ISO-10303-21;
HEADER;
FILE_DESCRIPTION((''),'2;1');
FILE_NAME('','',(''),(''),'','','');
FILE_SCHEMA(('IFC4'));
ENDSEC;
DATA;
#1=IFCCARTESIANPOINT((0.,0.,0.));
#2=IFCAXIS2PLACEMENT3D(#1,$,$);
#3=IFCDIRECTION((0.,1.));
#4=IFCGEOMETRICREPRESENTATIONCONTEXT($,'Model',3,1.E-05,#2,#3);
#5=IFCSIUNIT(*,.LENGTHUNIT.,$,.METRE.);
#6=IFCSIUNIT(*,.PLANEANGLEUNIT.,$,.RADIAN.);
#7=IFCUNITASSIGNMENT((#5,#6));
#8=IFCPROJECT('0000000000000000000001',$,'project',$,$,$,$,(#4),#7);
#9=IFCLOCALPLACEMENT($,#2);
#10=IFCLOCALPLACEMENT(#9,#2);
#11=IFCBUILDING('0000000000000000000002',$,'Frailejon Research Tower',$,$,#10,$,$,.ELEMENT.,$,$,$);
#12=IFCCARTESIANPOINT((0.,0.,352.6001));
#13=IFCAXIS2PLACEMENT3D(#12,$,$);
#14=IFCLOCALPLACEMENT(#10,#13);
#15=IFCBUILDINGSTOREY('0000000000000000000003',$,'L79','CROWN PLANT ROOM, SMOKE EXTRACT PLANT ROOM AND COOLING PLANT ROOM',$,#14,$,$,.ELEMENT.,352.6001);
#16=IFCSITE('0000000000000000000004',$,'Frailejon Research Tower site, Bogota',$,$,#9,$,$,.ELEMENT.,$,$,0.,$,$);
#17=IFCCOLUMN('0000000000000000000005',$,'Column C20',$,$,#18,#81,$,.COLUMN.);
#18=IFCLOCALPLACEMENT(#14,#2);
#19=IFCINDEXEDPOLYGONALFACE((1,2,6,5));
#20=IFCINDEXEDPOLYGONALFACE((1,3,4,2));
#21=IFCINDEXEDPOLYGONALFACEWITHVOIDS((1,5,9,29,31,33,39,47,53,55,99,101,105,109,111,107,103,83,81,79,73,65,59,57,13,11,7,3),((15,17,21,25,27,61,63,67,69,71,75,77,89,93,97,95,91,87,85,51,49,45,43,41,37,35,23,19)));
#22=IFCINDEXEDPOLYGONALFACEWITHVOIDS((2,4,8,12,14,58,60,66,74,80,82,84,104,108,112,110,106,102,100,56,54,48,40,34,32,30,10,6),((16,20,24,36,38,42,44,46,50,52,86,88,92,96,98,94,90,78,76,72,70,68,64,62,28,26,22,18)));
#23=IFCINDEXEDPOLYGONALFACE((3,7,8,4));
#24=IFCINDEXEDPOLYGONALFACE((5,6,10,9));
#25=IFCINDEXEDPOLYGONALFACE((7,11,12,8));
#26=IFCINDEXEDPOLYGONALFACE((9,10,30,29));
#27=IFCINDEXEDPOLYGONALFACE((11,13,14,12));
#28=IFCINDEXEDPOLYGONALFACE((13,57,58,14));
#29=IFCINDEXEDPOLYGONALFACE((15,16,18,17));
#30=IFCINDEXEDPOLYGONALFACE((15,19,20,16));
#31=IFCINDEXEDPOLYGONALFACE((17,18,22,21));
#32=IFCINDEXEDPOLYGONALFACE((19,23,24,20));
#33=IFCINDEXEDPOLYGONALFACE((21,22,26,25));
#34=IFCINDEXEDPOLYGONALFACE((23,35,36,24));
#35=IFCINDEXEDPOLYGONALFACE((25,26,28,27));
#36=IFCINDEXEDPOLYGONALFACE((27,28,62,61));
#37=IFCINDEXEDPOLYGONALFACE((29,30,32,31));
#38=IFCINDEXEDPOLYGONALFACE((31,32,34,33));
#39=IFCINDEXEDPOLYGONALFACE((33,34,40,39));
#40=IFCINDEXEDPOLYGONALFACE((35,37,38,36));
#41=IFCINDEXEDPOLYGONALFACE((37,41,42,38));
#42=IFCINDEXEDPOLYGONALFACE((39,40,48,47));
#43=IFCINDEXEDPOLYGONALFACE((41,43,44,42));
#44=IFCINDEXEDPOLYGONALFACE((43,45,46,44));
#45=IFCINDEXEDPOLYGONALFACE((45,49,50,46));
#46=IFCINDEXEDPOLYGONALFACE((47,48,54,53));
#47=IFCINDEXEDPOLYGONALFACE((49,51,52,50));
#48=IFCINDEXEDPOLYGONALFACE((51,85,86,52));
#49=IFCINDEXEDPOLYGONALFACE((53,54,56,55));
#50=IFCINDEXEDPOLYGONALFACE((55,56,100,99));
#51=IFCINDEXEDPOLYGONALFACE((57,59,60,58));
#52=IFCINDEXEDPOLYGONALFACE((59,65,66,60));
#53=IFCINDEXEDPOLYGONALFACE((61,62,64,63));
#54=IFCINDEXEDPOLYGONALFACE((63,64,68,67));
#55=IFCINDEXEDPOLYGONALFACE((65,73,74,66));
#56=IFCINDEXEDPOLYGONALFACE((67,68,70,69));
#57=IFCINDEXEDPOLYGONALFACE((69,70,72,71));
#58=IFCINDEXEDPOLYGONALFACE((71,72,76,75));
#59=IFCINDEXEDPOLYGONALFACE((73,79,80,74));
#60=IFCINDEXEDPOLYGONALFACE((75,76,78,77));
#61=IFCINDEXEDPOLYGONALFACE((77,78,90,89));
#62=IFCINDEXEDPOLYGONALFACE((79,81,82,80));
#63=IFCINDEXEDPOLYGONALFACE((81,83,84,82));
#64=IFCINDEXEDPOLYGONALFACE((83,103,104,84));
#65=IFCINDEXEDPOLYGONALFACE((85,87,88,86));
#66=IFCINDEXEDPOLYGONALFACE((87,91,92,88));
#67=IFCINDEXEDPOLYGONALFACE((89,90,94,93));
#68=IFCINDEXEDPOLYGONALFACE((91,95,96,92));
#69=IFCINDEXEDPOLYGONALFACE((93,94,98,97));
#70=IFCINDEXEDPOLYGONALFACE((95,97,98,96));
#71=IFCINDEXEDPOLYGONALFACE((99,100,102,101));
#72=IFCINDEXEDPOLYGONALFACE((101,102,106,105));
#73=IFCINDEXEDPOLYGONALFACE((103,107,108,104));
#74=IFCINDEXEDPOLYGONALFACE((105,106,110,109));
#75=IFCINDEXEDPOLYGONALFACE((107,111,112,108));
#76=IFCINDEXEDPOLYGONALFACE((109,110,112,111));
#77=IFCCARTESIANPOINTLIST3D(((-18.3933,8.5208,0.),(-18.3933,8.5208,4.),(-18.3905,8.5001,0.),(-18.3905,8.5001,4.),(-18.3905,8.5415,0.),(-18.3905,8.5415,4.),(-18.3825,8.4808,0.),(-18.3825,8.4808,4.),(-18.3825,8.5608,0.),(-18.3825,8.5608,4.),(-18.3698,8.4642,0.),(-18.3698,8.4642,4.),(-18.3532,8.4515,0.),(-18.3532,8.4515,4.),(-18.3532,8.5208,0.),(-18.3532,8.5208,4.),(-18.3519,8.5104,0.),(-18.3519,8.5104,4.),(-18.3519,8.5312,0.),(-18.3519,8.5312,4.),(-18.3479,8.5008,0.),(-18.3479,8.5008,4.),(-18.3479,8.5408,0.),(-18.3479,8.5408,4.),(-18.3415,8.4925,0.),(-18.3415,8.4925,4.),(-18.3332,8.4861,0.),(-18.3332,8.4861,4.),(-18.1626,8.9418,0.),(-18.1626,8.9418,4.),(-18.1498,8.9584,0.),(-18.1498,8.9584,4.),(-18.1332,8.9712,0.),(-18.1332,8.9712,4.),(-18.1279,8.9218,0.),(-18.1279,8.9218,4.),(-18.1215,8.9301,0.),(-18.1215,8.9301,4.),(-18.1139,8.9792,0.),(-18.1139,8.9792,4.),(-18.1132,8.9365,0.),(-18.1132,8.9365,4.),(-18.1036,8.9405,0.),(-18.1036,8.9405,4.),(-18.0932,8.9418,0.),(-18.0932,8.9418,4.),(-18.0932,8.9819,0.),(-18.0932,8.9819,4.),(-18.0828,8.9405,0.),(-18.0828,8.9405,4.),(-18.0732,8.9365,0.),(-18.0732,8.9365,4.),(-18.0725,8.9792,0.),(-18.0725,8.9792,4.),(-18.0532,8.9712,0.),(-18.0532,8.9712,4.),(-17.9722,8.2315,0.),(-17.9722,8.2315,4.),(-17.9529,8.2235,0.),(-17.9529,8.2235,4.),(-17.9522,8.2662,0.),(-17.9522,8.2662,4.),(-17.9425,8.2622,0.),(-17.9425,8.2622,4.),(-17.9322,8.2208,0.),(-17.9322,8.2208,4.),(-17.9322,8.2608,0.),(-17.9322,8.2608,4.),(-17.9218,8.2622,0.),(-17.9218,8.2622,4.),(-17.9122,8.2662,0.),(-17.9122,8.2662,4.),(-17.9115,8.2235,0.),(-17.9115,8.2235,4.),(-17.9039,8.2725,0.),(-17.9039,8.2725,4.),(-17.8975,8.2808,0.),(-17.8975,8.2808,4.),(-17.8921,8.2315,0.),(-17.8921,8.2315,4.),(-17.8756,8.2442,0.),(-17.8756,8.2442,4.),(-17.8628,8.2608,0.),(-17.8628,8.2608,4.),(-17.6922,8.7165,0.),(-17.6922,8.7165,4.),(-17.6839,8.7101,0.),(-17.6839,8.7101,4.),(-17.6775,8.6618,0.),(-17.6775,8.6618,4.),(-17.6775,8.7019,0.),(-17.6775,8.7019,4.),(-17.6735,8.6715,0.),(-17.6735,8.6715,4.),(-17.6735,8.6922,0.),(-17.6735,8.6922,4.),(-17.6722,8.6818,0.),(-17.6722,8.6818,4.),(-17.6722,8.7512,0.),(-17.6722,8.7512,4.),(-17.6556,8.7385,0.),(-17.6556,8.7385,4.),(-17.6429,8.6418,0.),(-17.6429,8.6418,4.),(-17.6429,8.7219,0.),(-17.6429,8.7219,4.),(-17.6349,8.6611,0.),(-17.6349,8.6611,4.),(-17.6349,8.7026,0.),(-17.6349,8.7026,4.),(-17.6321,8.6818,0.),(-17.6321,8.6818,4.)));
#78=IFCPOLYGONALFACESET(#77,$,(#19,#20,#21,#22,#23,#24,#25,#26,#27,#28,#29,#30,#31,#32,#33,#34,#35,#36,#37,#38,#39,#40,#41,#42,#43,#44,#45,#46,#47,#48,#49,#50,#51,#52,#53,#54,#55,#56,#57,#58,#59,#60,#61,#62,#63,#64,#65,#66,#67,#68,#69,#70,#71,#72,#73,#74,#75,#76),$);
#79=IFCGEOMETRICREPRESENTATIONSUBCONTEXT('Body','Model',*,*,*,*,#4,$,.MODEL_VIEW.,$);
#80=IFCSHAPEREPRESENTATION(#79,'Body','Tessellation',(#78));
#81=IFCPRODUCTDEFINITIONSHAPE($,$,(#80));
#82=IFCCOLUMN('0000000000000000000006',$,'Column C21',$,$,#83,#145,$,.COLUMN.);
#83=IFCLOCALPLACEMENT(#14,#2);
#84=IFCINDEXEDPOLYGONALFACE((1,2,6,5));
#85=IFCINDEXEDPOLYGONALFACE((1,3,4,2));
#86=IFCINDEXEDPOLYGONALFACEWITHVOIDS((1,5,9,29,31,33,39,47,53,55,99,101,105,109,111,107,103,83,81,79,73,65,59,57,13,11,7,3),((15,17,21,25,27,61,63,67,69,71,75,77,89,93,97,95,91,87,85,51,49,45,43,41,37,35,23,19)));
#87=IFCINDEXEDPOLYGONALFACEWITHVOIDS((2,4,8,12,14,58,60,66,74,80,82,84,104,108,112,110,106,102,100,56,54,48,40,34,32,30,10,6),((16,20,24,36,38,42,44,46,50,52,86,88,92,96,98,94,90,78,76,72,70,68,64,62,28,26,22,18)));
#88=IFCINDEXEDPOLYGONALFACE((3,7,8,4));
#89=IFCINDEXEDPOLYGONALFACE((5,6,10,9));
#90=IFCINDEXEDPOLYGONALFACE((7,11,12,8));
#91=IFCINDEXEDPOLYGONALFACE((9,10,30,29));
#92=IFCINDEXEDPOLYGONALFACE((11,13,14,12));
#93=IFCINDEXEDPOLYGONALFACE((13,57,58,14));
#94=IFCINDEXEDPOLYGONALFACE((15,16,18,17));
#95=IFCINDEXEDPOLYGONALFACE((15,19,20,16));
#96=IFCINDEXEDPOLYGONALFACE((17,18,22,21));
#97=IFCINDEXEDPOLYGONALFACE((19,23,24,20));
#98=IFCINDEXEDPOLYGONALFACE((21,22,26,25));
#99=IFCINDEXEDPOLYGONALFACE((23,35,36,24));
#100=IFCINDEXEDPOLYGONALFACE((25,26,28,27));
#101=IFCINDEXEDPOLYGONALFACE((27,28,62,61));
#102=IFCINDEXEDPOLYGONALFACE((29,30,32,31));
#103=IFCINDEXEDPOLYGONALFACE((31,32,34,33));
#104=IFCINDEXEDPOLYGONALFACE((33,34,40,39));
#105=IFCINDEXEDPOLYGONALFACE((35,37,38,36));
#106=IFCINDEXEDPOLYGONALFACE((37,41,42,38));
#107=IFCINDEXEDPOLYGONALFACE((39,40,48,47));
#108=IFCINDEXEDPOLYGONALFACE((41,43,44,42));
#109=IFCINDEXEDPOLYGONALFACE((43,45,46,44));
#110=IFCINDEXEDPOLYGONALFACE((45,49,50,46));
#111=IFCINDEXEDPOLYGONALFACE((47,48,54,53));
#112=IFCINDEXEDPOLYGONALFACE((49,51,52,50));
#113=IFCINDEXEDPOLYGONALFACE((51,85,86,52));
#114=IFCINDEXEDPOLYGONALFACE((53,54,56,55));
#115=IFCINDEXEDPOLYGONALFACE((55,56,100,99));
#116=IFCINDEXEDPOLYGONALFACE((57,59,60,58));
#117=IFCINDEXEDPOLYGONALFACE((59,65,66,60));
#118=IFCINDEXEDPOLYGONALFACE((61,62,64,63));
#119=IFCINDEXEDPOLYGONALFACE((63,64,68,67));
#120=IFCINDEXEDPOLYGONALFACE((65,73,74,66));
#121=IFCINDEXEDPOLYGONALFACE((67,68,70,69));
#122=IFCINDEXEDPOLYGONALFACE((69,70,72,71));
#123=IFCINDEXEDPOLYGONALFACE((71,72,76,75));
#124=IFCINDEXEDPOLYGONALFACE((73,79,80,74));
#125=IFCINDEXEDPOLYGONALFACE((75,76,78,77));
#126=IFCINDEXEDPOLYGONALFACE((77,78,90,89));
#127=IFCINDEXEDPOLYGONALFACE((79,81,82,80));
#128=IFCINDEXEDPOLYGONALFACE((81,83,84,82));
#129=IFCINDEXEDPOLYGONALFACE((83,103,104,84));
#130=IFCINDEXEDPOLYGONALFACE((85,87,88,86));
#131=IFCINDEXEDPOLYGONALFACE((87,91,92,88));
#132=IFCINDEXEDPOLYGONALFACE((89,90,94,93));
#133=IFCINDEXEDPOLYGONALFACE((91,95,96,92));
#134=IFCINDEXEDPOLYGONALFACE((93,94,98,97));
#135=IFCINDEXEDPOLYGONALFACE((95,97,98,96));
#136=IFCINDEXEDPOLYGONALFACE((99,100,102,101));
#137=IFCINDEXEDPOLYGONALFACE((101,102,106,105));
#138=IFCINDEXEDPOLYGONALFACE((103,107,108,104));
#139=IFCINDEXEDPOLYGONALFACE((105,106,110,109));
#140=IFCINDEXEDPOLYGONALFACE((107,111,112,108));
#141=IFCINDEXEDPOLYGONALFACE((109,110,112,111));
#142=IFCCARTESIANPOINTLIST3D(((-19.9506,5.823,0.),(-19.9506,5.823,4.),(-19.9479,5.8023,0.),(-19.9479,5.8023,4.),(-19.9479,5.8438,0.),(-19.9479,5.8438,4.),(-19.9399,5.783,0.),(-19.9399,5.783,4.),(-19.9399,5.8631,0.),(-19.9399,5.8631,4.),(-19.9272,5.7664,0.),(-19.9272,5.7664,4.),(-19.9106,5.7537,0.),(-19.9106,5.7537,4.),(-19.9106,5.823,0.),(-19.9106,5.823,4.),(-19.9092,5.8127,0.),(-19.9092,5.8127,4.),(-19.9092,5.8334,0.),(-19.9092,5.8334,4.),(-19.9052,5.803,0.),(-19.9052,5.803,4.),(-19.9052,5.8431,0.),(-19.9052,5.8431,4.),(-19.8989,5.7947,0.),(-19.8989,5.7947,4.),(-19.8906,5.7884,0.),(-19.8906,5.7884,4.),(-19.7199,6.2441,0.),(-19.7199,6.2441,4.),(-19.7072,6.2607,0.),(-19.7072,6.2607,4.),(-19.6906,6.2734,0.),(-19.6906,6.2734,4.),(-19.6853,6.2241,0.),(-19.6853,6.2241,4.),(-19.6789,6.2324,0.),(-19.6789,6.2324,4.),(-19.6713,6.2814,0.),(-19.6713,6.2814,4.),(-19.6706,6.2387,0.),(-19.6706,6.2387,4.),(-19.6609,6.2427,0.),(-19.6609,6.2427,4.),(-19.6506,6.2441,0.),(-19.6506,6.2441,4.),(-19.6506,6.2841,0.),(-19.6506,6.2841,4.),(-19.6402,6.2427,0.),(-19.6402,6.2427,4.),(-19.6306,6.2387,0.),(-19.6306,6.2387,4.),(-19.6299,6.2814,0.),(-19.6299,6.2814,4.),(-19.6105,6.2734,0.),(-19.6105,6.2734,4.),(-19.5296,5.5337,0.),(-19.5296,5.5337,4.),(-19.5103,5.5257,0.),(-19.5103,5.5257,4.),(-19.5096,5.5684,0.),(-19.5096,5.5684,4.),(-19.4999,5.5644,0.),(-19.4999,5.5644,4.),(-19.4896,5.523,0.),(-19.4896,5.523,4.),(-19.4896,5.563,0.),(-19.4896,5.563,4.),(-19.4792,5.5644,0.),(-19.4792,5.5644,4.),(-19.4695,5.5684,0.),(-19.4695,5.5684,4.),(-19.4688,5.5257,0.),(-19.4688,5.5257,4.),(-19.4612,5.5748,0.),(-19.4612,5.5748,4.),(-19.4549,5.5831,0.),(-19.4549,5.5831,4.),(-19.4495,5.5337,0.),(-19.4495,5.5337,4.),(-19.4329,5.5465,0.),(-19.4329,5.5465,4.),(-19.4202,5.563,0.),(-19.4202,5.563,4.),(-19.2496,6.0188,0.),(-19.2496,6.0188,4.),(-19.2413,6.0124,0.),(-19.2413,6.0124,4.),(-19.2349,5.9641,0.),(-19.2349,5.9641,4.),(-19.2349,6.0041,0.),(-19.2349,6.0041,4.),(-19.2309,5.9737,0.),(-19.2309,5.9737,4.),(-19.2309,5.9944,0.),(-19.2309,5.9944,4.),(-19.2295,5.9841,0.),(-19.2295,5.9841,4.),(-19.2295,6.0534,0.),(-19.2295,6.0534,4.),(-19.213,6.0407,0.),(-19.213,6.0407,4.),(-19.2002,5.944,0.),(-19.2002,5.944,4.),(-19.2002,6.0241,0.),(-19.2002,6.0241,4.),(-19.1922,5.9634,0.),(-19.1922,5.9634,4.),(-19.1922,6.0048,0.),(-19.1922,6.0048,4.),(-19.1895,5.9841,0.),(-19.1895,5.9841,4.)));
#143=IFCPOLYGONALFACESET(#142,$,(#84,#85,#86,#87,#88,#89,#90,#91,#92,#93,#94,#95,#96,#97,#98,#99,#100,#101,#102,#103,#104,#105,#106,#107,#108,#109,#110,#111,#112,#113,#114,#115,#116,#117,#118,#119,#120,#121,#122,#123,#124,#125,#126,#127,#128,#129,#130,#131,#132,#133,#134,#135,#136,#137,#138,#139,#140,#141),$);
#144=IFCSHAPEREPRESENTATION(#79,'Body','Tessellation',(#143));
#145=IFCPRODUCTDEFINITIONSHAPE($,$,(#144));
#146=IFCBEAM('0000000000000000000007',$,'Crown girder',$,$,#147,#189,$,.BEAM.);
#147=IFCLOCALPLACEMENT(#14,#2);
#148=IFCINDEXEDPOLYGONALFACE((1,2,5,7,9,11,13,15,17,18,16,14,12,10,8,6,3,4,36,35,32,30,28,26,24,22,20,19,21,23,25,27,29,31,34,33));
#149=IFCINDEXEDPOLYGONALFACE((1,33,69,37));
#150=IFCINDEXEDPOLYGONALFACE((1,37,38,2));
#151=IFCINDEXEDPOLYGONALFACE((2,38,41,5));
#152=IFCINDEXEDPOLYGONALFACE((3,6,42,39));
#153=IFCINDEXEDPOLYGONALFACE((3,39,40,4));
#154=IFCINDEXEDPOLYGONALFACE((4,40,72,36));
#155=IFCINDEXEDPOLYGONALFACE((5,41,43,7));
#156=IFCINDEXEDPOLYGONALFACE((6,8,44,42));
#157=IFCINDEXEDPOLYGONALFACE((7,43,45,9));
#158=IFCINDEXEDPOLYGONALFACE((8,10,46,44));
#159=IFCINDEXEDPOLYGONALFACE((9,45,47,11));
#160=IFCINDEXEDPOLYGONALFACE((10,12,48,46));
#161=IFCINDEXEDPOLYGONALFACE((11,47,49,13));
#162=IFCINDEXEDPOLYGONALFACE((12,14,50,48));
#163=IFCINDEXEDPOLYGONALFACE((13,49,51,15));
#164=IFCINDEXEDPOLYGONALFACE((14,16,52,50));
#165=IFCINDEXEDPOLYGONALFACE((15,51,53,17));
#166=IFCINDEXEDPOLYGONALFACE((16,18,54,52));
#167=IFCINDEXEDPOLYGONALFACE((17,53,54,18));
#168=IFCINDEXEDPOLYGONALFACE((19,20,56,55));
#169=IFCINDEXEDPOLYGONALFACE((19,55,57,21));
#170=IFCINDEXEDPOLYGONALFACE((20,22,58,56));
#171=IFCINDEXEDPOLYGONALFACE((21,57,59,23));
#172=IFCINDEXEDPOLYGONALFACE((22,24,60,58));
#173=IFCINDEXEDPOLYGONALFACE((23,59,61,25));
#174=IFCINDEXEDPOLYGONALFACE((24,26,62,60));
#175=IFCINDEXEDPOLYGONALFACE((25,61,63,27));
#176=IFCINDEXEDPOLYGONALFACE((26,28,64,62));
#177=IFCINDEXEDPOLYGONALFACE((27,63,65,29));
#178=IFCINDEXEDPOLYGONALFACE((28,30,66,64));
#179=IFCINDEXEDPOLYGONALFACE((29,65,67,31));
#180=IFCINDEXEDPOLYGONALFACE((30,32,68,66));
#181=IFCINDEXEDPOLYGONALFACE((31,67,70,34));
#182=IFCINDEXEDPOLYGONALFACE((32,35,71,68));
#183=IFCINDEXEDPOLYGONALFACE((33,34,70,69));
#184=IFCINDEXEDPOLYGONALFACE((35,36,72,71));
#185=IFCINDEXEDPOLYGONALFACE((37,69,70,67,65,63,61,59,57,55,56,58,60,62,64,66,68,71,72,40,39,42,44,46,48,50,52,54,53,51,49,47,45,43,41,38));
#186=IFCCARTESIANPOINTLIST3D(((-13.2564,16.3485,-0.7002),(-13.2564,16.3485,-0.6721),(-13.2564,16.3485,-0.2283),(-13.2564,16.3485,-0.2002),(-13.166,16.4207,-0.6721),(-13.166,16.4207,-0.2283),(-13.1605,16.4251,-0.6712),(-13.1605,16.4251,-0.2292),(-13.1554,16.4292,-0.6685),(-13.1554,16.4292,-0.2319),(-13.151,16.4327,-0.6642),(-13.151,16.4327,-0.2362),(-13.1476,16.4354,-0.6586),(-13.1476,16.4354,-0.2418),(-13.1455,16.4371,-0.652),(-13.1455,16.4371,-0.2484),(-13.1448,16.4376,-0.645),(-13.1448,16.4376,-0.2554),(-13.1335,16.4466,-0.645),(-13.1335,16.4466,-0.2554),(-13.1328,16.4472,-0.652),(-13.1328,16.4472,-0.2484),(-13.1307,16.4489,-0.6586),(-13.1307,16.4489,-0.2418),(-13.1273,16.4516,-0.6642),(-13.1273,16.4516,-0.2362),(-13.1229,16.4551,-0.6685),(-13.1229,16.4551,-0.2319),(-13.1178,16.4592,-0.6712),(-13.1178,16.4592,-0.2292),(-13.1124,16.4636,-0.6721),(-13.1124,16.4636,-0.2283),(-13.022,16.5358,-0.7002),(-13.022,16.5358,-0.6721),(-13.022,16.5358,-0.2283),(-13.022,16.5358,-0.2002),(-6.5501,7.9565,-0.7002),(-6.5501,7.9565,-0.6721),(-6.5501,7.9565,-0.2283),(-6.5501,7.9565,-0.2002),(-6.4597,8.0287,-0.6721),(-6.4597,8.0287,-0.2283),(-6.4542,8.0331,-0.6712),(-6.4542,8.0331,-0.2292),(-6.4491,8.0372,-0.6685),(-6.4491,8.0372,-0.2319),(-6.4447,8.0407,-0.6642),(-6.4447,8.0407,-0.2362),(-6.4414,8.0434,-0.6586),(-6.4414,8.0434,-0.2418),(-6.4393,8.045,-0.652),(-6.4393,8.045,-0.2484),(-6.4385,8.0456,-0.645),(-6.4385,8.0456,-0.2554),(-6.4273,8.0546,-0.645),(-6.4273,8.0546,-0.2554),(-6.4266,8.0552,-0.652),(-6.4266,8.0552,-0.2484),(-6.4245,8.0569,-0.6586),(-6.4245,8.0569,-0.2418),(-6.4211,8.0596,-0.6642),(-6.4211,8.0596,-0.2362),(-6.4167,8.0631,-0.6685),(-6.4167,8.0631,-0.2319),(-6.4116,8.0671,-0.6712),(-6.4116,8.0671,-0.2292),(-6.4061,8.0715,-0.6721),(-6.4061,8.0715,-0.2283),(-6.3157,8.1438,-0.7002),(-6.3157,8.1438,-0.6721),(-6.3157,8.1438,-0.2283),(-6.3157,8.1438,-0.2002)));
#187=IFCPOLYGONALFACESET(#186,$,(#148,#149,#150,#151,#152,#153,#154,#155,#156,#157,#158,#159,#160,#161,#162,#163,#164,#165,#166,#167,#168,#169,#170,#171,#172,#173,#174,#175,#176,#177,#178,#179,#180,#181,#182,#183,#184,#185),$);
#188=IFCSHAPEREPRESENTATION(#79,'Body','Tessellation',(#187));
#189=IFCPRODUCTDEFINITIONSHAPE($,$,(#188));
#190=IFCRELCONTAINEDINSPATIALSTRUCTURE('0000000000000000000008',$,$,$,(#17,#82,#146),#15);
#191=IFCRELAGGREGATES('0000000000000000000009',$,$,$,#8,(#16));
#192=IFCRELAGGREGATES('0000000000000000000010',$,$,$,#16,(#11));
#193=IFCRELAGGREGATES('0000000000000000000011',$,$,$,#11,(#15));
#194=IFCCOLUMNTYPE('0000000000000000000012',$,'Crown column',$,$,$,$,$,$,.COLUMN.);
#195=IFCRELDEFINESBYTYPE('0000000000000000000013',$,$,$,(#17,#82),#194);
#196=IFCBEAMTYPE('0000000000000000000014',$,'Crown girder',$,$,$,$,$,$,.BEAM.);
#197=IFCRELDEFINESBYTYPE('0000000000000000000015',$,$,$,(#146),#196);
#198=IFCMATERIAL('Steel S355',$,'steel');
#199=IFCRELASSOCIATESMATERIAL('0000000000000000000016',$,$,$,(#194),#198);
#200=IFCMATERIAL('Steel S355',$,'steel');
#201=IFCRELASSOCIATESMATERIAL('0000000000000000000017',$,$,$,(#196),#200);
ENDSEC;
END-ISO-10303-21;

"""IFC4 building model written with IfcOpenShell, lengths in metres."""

from ifc_helpers import new_model, si_unit, direction, frame, origin, origin_2d, place, context, subcontext, project, spatial, hollow_rectangle, i_section, extrude, material, material_profile, profile_set, type_object, element, save


model = new_model("IFC4")

# Units and contexts
model_context = context("Model", 3, precision=1e-05, world=origin(), true_north=direction((0.0, 1.0)))
body_context = subcontext(model_context, "Body", "Model", "MODEL_VIEW")
ifc_project = project(units=[si_unit("LENGTHUNIT", "METRE"), si_unit("PLANEANGLEUNIT", "RADIAN")], contexts=[model_context])

# Site, building, storey
site_placement = place(None, origin())
site = spatial("IfcSite", under=ifc_project, at=site_placement, Name="Frailejon Research Tower site, Bogota", CompositionType="ELEMENT", RefElevation=0.0)
building_placement = place(site_placement, origin())
building = spatial("IfcBuilding", under=site, at=building_placement, Name="Frailejon Research Tower", CompositionType="ELEMENT")
storey_placement = place(building_placement, frame((0.0, 0.0, 352.6001)))
storey = spatial("IfcBuildingStorey", under=building, at=storey_placement, Name="L79", Description="CROWN PLANT ROOM, SMOKE EXTRACT PLANT ROOM AND COOLING PLANT ROOM", CompositionType="ELEMENT", Elevation=352.6001)

# Columns
ifc_material_1 = material(Name="Steel S355", Category="steel")
ifc_material_profile_1 = material_profile(ifc_material_1, hollow_rectangle(XDim=0.6001, YDim=0.6001, WallThickness=0.04, InnerFilletRadius=0.04, OuterFilletRadius=0.0801, at=origin_2d()), Name="Crown column")
ifc_profile_set_1 = profile_set([ifc_material_profile_1], Name="Steel S355")
column_type = type_object("IfcColumnType", Name="Crown column", PredefinedType="COLUMN", material=ifc_profile_set_1)
for number, where, z_axis, x_axis, name in (
    (1, (-18.0127, 8.6013, 0.0), (0.0, 0.0, 1.0), (-0.5, -0.866025, 0.0), "Column C20"),
    (2, (-19.5701, 5.9036, 0.0), (0.0, 0.0, 1.0), (-0.5, -0.866025, 0.0), "Column C21"),
):
    element("IfcColumn", number, at=place(storey_placement, frame(where, z_axis=z_axis, x_axis=x_axis)), inside=storey, type_object=column_type, Name=name, PredefinedType="COLUMN", context=body_context, shape_type="SweptSolid", body=[
        extrude(hollow_rectangle(XDim=0.6001, YDim=0.6001, WallThickness=0.04, InnerFilletRadius=0.04, OuterFilletRadius=0.0801, at=origin_2d()), origin(), (0.0, 0.0, 1.0), 4.0),
    ])

# Beam
ifc_material_2 = material(Name="Steel S355", Category="steel")
ifc_material_profile_2 = material_profile(ifc_material_2, i_section(OverallWidth=0.3, OverallDepth=0.5, WebThickness=0.0144, FlangeThickness=0.0281, FilletRadius=0.0271, at=origin_2d()), Name="HE 500 B")
ifc_profile_set_2 = profile_set([ifc_material_profile_2], Name="Steel S355")
beam_type_1 = type_object("IfcBeamType", Name="Crown girder", PredefinedType="BEAM", material=ifc_profile_set_2)
beam_1_placement = place(storey_placement, frame((-13.1392, 16.4421, -0.4502), z_axis=(0.624276, -0.781203, 0.0), x_axis=(0.781203, 0.624276, 0.0)))
element("IfcBeam", 3, at=beam_1_placement, inside=storey, type_object=beam_type_1, Name="Crown girder", PredefinedType="BEAM", context=body_context, shape_type="SweptSolid", body=[
    extrude(i_section(OverallWidth=0.3, OverallDepth=0.5, WebThickness=0.0144, FlangeThickness=0.0281, FilletRadius=0.0271, at=origin_2d()), origin(), (0.0, 0.0, 1.0), 10.7424),
])

save(model, "model.ifc")
